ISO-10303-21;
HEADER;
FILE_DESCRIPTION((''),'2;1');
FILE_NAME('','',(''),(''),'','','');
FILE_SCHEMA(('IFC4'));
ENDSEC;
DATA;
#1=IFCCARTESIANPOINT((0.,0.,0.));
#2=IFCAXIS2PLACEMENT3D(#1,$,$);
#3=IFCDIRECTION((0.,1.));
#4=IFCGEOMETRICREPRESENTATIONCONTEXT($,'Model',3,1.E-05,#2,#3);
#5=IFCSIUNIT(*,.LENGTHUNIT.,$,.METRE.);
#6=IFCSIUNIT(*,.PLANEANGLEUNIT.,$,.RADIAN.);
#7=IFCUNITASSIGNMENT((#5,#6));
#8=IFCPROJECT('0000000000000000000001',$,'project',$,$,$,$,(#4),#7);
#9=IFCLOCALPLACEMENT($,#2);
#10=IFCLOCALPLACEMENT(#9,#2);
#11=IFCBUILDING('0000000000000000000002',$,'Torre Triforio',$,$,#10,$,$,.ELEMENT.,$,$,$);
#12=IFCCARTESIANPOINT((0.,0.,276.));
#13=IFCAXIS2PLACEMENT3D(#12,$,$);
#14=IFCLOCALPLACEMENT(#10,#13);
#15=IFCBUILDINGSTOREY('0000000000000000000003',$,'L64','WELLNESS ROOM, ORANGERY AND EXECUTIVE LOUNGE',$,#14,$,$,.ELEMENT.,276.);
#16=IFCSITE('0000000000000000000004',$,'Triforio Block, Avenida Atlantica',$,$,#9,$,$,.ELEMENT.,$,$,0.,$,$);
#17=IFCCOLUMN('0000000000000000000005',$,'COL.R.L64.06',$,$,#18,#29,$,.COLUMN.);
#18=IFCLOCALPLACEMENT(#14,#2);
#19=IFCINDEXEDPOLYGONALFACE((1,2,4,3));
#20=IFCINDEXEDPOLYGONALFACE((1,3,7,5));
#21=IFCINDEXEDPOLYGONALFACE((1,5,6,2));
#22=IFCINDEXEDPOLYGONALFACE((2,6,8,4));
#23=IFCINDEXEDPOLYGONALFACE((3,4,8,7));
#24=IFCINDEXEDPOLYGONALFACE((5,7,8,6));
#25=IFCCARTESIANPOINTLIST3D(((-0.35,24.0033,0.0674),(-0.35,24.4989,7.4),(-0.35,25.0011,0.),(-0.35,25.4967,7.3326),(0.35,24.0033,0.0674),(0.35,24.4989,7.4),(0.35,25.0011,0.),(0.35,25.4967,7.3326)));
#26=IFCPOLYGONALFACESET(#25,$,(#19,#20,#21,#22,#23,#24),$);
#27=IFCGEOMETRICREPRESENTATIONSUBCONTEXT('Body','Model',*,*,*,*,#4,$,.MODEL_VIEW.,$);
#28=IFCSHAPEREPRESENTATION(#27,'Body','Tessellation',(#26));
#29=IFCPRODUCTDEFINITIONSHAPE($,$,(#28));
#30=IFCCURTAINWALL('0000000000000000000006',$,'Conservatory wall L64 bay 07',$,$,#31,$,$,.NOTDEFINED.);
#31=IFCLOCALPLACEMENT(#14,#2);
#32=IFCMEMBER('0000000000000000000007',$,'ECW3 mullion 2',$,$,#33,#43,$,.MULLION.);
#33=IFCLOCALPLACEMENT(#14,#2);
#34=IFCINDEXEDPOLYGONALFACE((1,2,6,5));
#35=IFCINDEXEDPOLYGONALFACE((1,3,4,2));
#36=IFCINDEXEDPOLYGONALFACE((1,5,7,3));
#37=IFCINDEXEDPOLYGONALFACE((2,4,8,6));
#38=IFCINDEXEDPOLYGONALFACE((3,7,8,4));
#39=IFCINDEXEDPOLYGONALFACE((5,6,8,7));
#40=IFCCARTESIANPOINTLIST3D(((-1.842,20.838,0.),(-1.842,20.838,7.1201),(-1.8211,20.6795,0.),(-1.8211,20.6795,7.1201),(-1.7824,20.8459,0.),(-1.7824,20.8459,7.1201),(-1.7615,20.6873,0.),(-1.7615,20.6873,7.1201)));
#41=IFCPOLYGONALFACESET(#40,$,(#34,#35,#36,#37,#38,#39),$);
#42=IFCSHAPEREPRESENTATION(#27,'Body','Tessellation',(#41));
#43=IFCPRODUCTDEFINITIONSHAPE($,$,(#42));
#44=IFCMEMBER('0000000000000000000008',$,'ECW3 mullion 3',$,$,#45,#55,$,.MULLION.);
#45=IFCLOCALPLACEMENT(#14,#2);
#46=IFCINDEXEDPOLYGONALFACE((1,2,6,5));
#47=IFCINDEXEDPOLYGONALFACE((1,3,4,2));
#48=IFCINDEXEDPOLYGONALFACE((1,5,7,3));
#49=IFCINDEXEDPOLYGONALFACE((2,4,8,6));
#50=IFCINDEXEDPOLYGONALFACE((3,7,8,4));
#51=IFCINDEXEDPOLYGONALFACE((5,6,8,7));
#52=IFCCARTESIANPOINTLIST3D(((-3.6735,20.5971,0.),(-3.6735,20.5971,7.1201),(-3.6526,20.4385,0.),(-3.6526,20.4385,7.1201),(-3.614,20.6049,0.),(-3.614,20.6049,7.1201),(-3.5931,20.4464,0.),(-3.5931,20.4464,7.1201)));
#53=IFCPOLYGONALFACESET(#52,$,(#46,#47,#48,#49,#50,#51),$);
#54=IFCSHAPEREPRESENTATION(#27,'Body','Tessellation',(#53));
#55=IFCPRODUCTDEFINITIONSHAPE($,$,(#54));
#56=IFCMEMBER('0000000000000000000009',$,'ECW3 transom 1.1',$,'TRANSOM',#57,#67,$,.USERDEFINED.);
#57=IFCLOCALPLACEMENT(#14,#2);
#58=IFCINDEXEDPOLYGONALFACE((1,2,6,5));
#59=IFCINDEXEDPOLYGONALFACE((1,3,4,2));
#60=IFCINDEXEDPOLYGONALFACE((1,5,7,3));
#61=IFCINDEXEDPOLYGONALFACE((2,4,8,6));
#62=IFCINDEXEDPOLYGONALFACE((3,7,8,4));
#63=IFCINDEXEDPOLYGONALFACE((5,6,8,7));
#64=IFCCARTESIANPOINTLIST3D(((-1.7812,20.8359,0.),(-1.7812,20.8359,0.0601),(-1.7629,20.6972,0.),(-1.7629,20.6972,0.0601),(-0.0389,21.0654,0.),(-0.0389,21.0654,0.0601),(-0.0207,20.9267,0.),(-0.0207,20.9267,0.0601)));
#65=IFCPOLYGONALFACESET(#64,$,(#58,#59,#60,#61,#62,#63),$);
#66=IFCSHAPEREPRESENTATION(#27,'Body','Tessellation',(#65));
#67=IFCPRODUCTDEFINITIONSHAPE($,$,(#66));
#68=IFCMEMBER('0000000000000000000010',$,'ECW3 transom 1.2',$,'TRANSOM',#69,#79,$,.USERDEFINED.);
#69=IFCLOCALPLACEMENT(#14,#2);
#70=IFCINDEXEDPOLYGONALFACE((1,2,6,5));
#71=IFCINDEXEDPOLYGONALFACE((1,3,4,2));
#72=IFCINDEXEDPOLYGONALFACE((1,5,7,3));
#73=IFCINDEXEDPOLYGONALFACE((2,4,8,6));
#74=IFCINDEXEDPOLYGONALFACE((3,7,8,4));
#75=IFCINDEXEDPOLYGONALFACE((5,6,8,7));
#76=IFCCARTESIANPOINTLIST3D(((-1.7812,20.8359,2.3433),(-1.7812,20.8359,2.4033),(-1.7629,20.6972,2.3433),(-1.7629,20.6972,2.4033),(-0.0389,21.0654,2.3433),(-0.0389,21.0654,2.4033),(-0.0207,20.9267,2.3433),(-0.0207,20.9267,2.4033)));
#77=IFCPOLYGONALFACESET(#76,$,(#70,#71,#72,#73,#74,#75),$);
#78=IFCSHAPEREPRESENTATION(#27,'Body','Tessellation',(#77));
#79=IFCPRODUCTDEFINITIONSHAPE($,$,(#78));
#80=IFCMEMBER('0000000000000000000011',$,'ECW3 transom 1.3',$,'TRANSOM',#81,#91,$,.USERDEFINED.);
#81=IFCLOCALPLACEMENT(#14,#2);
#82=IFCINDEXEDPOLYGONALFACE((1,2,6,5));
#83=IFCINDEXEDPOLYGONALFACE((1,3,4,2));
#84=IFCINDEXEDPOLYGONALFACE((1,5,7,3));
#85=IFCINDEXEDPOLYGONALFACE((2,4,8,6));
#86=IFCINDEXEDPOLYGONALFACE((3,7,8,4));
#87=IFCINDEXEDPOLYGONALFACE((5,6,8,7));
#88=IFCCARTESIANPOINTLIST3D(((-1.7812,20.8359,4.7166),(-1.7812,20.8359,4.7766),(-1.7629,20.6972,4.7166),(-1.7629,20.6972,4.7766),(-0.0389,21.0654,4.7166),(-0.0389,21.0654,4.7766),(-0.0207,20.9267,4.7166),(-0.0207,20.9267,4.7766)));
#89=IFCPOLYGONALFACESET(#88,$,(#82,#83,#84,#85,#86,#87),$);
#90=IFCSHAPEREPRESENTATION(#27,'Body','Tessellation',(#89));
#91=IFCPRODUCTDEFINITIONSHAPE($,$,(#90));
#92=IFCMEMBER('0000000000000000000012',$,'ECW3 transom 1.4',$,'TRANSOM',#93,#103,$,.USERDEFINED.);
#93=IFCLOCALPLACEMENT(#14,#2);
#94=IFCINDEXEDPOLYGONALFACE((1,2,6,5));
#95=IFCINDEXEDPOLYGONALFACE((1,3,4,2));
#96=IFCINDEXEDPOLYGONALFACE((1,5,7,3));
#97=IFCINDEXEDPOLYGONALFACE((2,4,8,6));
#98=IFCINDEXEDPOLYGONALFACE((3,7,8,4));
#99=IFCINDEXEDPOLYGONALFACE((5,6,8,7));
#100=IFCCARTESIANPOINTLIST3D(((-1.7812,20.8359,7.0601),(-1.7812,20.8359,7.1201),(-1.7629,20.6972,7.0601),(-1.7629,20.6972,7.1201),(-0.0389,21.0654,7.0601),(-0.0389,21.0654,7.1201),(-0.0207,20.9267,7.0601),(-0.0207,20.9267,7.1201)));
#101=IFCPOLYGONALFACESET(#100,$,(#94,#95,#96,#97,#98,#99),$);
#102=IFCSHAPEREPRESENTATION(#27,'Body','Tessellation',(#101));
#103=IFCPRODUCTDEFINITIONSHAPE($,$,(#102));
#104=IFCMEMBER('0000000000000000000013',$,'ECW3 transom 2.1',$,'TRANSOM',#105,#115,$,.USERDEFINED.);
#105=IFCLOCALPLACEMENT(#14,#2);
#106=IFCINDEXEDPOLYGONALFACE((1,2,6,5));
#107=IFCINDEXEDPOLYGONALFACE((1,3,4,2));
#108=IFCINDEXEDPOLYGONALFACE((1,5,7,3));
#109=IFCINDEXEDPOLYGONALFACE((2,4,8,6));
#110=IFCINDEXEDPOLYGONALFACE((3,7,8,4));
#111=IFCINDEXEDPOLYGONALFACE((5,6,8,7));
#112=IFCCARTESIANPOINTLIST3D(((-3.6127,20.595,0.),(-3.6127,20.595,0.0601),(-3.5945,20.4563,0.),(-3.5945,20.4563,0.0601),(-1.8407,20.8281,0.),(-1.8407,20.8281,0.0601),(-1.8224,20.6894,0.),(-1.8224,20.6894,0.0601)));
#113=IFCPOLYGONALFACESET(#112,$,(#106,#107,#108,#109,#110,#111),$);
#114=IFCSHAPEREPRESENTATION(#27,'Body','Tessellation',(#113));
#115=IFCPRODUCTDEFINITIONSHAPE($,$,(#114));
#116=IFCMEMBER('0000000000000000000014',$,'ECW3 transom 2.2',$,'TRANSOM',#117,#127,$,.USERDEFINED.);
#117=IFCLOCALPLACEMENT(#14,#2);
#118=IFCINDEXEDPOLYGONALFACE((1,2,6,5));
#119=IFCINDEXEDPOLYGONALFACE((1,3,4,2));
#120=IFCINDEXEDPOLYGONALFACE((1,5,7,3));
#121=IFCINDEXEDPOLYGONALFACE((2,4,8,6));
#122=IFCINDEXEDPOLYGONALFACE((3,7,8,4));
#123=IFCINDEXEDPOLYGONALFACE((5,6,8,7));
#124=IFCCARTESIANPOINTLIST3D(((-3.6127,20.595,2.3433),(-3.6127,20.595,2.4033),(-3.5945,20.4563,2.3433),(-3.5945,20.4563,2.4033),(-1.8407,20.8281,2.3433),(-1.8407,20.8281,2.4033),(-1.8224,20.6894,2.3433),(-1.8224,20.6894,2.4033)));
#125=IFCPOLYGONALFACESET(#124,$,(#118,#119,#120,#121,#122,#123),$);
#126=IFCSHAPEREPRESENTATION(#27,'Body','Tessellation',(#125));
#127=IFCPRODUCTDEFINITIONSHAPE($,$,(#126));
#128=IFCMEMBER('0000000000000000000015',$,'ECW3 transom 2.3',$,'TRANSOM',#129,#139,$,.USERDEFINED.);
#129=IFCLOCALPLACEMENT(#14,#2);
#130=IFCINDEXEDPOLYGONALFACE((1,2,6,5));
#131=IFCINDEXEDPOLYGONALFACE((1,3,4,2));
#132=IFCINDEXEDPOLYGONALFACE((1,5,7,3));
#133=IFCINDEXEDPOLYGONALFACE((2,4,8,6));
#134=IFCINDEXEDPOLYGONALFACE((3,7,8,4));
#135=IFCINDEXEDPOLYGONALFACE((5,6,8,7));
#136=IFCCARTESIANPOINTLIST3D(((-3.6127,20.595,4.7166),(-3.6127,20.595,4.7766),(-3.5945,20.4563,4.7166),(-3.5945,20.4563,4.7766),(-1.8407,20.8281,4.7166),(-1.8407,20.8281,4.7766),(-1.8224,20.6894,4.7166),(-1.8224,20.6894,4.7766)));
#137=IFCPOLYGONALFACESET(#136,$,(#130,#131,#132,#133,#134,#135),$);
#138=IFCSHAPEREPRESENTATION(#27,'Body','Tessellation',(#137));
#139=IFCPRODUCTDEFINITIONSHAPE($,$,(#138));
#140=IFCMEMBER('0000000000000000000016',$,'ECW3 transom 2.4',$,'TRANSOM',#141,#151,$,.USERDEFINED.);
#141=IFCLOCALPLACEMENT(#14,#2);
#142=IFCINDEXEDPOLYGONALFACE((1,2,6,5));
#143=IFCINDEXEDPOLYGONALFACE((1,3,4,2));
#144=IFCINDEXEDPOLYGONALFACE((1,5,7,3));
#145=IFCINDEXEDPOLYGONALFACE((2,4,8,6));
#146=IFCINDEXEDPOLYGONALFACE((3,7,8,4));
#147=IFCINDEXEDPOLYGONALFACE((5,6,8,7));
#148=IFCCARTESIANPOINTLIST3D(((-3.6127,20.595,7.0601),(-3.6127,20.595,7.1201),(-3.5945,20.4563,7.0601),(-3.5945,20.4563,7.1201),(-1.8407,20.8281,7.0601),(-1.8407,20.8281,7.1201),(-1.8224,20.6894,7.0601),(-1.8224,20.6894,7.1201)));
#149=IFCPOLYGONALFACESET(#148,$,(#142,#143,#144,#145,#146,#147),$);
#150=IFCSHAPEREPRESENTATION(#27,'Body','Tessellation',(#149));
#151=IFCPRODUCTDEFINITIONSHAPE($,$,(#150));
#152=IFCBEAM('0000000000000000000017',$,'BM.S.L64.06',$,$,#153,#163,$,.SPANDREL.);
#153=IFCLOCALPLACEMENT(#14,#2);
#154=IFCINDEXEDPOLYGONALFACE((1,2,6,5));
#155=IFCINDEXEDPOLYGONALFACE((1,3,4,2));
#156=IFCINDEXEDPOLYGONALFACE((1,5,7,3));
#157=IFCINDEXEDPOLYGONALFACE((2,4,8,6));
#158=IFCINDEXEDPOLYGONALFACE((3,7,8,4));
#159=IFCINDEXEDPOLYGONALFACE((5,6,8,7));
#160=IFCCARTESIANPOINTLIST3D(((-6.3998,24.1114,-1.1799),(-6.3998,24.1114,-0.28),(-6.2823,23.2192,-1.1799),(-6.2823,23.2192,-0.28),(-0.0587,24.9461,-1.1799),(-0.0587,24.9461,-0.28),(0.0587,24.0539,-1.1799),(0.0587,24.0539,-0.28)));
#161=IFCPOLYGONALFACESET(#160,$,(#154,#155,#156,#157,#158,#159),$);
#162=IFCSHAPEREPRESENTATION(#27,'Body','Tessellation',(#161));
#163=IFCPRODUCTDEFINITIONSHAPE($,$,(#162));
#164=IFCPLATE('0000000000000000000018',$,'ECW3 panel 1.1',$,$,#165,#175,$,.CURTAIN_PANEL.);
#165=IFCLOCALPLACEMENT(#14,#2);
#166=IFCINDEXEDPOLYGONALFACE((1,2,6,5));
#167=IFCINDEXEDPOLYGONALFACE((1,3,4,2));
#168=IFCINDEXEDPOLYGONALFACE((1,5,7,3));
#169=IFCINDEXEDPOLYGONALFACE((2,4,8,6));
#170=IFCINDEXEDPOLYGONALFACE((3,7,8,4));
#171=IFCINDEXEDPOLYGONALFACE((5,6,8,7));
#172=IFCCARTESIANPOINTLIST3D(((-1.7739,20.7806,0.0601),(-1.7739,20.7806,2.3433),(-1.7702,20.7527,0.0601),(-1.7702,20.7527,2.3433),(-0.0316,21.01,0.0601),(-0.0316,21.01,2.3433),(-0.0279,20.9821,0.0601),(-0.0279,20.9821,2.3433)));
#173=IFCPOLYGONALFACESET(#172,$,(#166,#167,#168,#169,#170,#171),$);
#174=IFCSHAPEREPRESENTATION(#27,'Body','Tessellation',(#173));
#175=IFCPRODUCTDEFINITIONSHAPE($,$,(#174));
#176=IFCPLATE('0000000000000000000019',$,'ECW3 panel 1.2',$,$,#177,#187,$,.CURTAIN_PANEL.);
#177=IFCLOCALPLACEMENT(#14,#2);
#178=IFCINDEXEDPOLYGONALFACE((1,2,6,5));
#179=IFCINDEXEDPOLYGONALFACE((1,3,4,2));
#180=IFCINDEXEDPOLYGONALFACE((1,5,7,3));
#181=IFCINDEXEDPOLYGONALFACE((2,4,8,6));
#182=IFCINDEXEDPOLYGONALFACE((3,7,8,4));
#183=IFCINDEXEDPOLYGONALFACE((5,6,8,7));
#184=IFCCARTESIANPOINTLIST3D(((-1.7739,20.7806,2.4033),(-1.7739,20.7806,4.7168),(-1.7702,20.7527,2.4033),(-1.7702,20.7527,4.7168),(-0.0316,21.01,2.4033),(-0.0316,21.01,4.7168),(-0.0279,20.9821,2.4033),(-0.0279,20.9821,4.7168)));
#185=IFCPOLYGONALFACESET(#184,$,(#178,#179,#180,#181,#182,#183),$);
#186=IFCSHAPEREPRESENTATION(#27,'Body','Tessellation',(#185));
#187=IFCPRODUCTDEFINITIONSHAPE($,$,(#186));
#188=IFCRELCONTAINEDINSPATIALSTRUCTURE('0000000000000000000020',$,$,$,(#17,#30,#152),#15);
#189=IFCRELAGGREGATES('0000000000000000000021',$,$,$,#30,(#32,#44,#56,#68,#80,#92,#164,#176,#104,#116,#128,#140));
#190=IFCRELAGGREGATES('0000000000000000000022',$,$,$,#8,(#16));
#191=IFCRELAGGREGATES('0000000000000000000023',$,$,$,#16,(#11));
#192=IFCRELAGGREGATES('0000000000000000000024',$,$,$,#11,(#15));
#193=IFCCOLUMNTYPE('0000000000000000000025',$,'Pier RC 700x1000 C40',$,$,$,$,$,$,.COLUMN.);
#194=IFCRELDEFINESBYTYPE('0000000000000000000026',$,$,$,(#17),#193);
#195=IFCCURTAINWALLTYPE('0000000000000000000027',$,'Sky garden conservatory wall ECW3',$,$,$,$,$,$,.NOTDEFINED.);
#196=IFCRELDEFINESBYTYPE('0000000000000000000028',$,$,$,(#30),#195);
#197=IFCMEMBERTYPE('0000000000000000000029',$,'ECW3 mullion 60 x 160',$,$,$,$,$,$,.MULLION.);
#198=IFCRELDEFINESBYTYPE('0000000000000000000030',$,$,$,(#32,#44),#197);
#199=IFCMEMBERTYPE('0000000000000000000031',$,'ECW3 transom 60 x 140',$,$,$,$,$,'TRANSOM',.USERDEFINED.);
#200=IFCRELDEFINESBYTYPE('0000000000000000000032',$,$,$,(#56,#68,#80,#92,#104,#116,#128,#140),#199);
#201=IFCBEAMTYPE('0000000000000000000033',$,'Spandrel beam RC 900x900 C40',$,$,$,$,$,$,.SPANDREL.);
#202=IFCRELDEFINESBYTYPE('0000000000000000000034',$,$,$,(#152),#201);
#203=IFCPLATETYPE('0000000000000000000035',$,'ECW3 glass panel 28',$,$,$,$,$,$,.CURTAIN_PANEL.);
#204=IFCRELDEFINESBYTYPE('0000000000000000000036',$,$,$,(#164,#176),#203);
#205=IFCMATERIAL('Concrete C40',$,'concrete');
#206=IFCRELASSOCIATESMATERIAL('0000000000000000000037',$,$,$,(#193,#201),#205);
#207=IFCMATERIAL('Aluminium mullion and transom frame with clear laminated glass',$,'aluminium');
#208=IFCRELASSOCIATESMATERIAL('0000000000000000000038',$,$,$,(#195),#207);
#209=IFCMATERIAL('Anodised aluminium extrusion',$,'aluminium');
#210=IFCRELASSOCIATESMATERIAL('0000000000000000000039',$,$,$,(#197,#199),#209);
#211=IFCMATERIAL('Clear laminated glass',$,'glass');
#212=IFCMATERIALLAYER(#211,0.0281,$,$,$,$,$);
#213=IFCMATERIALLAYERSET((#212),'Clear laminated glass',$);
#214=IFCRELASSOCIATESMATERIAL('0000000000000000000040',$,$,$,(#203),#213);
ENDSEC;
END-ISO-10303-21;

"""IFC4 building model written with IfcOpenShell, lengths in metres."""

from ifc_helpers import new_model, si_unit, direction, frame, origin, origin_2d, place, context, subcontext, project, spatial, rectangle, extrude, material, layer, layer_set, material_profile, profile_set, type_object, element, aggregate, save


model = new_model("IFC4")

# Units and contexts
model_context = context("Model", 3, precision=1e-05, world=origin(), true_north=direction((0.0, 1.0)))
body_context = subcontext(model_context, "Body", "Model", "MODEL_VIEW")
ifc_project = project(units=[si_unit("LENGTHUNIT", "METRE"), si_unit("PLANEANGLEUNIT", "RADIAN")], contexts=[model_context])

# Site, building, storey
site_placement = place(None, origin())
site = spatial("IfcSite", under=ifc_project, at=site_placement, Name="Triforio Block, Avenida Atlantica", CompositionType="ELEMENT", RefElevation=0.0)
building_placement = place(site_placement, origin())
building = spatial("IfcBuilding", under=site, at=building_placement, Name="Torre Triforio", CompositionType="ELEMENT")
storey_placement = place(building_placement, frame((0.0, 0.0, 276.0)))
storey = spatial("IfcBuildingStorey", under=building, at=storey_placement, Name="L64", Description="WELLNESS ROOM, ORANGERY AND EXECUTIVE LOUNGE", CompositionType="ELEMENT", Elevation=276.0)

# Column
ifc_material_1 = material(Name="Concrete C40", Category="concrete")
ifc_material_profile_1 = material_profile(ifc_material_1, rectangle(XDim=0.7, YDim=1.0, at=origin_2d()), Name="RC 700x1000")
ifc_profile_set_1 = profile_set([ifc_material_profile_1], Name="Concrete C40")
column_type = type_object("IfcColumnType", Name="Pier RC 700x1000 C40", PredefinedType="COLUMN", material=ifc_profile_set_1)
column_placement = place(storey_placement, frame((0.0, 24.5022, 0.0337), z_axis=(0.0, 0.067436, 0.997724), x_axis=(-1.0, 0.0, 0.0)))
element("IfcColumn", 1, at=column_placement, inside=storey, type_object=column_type, Name="COL.R.L64.06", PredefinedType="COLUMN", context=body_context, shape_type="SweptSolid", body=[
    extrude(rectangle(XDim=0.7, YDim=1.0, at=origin_2d()), origin(), (0.0, 0.0, 1.0), 7.3494),
])

# Curtain wall, members
ifc_material_2 = material(Name="Aluminium mullion and transom frame with clear laminated glass", Category="aluminium")
curtain_wall_type = type_object("IfcCurtainWallType", Name="Sky garden conservatory wall ECW3", PredefinedType="NOTDEFINED", material=ifc_material_2)
curtain_wall_placement = place(storey_placement, origin())
curtain_wall = element("IfcCurtainWall", 2, at=curtain_wall_placement, inside=storey, type_object=curtain_wall_type, Name="Conservatory wall L64 bay 07", PredefinedType="NOTDEFINED")
ifc_material_3 = material(Name="Anodised aluminium extrusion", Category="aluminium")
ifc_material_profile_2 = material_profile(ifc_material_3, rectangle(XDim=0.1599, YDim=0.0601, at=origin_2d()), Name="ECW3 MULLION 60x160")
ifc_profile_set_2 = profile_set([ifc_material_profile_2], Name="Anodised aluminium extrusion")
member_type_1 = type_object("IfcMemberType", Name="ECW3 mullion 60 x 160", PredefinedType="MULLION", material=ifc_profile_set_2)
member_1_placement = place(storey_placement, frame((-1.8018, 20.7627, 0.0), z_axis=(0.0, 0.0, 1.0), x_axis=(0.13053, -0.991444, 0.0)))
member_1 = element("IfcMember", 3, at=member_1_placement, type_object=member_type_1, Name="ECW3 mullion 2", PredefinedType="MULLION", context=body_context, shape_type="SweptSolid", body=[
    extrude(rectangle(XDim=0.1599, YDim=0.0601, at=origin_2d()), origin(), (0.0, 0.0, 1.0), 7.1201),
])
member_2_placement = place(storey_placement, frame((-3.6333, 20.5217, 0.0), z_axis=(0.0, 0.0, 1.0), x_axis=(0.13053, -0.991444, 0.0)))
member_2 = element("IfcMember", 4, at=member_2_placement, type_object=member_type_1, Name="ECW3 mullion 3", PredefinedType="MULLION", context=body_context, shape_type="SweptSolid", body=[
    extrude(rectangle(XDim=0.1599, YDim=0.0601, at=origin_2d()), origin(), (0.0, 0.0, 1.0), 7.1201),
])
ifc_material_profile_3 = material_profile(ifc_material_3, rectangle(XDim=0.1399, YDim=0.0601, at=origin_2d()), Name="ECW3 TRANSOM 60x140")
ifc_profile_set_3 = profile_set([ifc_material_profile_3], Name="Anodised aluminium extrusion")
member_type_2 = type_object("IfcMemberType", Name="ECW3 transom 60 x 140", ElementType="TRANSOM", PredefinedType="USERDEFINED", material=ifc_profile_set_3)
member_3_placement = place(storey_placement, frame((-0.0298, 20.9961, 0.03), z_axis=(-0.991435, -0.130598, 0.0), x_axis=(0.130598, -0.991435, 0.0)))
member_3 = element("IfcMember", 5, at=member_3_placement, type_object=member_type_2, Name="ECW3 transom 1.1", ObjectType="TRANSOM", PredefinedType="USERDEFINED", context=body_context, shape_type="SweptSolid", body=[
    extrude(rectangle(XDim=0.1399, YDim=0.0601, at=origin_2d()), origin(), (0.0, 0.0, 1.0), 1.7573),
])
member_4_placement = place(storey_placement, frame((-0.0298, 20.9961, 2.3733), z_axis=(-0.991435, -0.130598, 0.0), x_axis=(0.130598, -0.991435, 0.0)))
member_4 = element("IfcMember", 6, at=member_4_placement, type_object=member_type_2, Name="ECW3 transom 1.2", ObjectType="TRANSOM", PredefinedType="USERDEFINED", context=body_context, shape_type="SweptSolid", body=[
    extrude(rectangle(XDim=0.1399, YDim=0.0601, at=origin_2d()), origin(), (0.0, 0.0, 1.0), 1.7573),
])
member_5_placement = place(storey_placement, frame((-0.0298, 20.9961, 4.7466), z_axis=(-0.991435, -0.130598, 0.0), x_axis=(0.130598, -0.991435, 0.0)))
member_5 = element("IfcMember", 7, at=member_5_placement, type_object=member_type_2, Name="ECW3 transom 1.3", ObjectType="TRANSOM", PredefinedType="USERDEFINED", context=body_context, shape_type="SweptSolid", body=[
    extrude(rectangle(XDim=0.1399, YDim=0.0601, at=origin_2d()), origin(), (0.0, 0.0, 1.0), 1.7573),
])
member_6_placement = place(storey_placement, frame((-0.0298, 20.9961, 7.0901), z_axis=(-0.991435, -0.130598, 0.0), x_axis=(0.130598, -0.991435, 0.0)))
member_6 = element("IfcMember", 8, at=member_6_placement, type_object=member_type_2, Name="ECW3 transom 1.4", ObjectType="TRANSOM", PredefinedType="USERDEFINED", context=body_context, shape_type="SweptSolid", body=[
    extrude(rectangle(XDim=0.1399, YDim=0.0601, at=origin_2d()), origin(), (0.0, 0.0, 1.0), 1.7573),
])
member_7_placement = place(storey_placement, frame((-1.8315, 20.7588, 0.03), z_axis=(-0.991454, -0.130455, 0.0), x_axis=(0.130455, -0.991454, 0.0)))
member_7 = element("IfcMember", 9, at=member_7_placement, type_object=member_type_2, Name="ECW3 transom 2.1", ObjectType="TRANSOM", PredefinedType="USERDEFINED", context=body_context, shape_type="SweptSolid", body=[
    extrude(rectangle(XDim=0.1399, YDim=0.0601, at=origin_2d()), origin(), (0.0, 0.0, 1.0), 1.7874),
])
member_8_placement = place(storey_placement, frame((-1.8315, 20.7588, 2.3733), z_axis=(-0.991454, -0.130455, 0.0), x_axis=(0.130455, -0.991454, 0.0)))
member_8 = element("IfcMember", 10, at=member_8_placement, type_object=member_type_2, Name="ECW3 transom 2.2", ObjectType="TRANSOM", PredefinedType="USERDEFINED", context=body_context, shape_type="SweptSolid", body=[
    extrude(rectangle(XDim=0.1399, YDim=0.0601, at=origin_2d()), origin(), (0.0, 0.0, 1.0), 1.7874),
])
member_9_placement = place(storey_placement, frame((-1.8315, 20.7588, 4.7466), z_axis=(-0.991454, -0.130455, 0.0), x_axis=(0.130455, -0.991454, 0.0)))
member_9 = element("IfcMember", 11, at=member_9_placement, type_object=member_type_2, Name="ECW3 transom 2.3", ObjectType="TRANSOM", PredefinedType="USERDEFINED", context=body_context, shape_type="SweptSolid", body=[
    extrude(rectangle(XDim=0.1399, YDim=0.0601, at=origin_2d()), origin(), (0.0, 0.0, 1.0), 1.7874),
])
member_10_placement = place(storey_placement, frame((-1.8315, 20.7588, 7.0901), z_axis=(-0.991454, -0.130455, 0.0), x_axis=(0.130455, -0.991454, 0.0)))
member_10 = element("IfcMember", 12, at=member_10_placement, type_object=member_type_2, Name="ECW3 transom 2.4", ObjectType="TRANSOM", PredefinedType="USERDEFINED", context=body_context, shape_type="SweptSolid", body=[
    extrude(rectangle(XDim=0.1399, YDim=0.0601, at=origin_2d()), origin(), (0.0, 0.0, 1.0), 1.7874),
])

# Beam
ifc_material_profile_4 = material_profile(ifc_material_1, rectangle(XDim=0.8999, YDim=0.8999, at=origin_2d()), Name="RC 900x900")
ifc_profile_set_4 = profile_set([ifc_material_profile_4], Name="Concrete C40")
beam_type = type_object("IfcBeamType", Name="Spandrel beam RC 900x900 C40", PredefinedType="SPANDREL", material=ifc_profile_set_4)
beam_placement = place(storey_placement, frame((0.0, 24.5, -0.73), z_axis=(-0.991447, -0.130511, 0.0), x_axis=(0.130511, -0.991447, 0.0)))
element("IfcBeam", 13, at=beam_placement, inside=storey, type_object=beam_type, Name="BM.S.L64.06", PredefinedType="SPANDREL", context=body_context, shape_type="SweptSolid", body=[
    extrude(rectangle(XDim=0.8999, YDim=0.8999, at=origin_2d()), origin(), (0.0, 0.0, 1.0), 6.3958),
])

# Plates
ifc_material_4 = material(Name="Clear laminated glass", Category="glass")
ifc_layer_1 = layer(ifc_material_4, 0.0281)
ifc_layer_set_1 = layer_set([ifc_layer_1], Name="Clear laminated glass")
plate_type = type_object("IfcPlateType", Name="ECW3 glass panel 28", PredefinedType="CURTAIN_PANEL", material=ifc_layer_set_1)
plate_1_placement = place(storey_placement, frame((-0.9009, 20.8813, 0.0601), z_axis=(0.0, 0.0, 1.0), x_axis=(-0.991444, -0.13053, 0.0)))
plate_1 = element("IfcPlate", 14, at=plate_1_placement, type_object=plate_type, Name="ECW3 panel 1.1", PredefinedType="CURTAIN_PANEL", context=body_context, shape_type="SweptSolid", body=[
    extrude(rectangle(XDim=1.7573, YDim=0.0281, at=origin_2d()), origin(), (0.0, 0.0, 1.0), 2.2832),
])
plate_2_placement = place(storey_placement, frame((-0.9009, 20.8813, 2.4033), z_axis=(0.0, 0.0, 1.0), x_axis=(-0.991444, -0.13053, 0.0)))
plate_2 = element("IfcPlate", 15, at=plate_2_placement, type_object=plate_type, Name="ECW3 panel 1.2", PredefinedType="CURTAIN_PANEL", context=body_context, shape_type="SweptSolid", body=[
    extrude(rectangle(XDim=1.7573, YDim=0.0281, at=origin_2d()), origin(), (0.0, 0.0, 1.0), 2.3135),
])
aggregate(curtain_wall, [member_1, member_2, member_3, member_4, member_5, member_6, plate_1, plate_2, member_7, member_8, member_9, member_10])

save(model, "model.ifc")
